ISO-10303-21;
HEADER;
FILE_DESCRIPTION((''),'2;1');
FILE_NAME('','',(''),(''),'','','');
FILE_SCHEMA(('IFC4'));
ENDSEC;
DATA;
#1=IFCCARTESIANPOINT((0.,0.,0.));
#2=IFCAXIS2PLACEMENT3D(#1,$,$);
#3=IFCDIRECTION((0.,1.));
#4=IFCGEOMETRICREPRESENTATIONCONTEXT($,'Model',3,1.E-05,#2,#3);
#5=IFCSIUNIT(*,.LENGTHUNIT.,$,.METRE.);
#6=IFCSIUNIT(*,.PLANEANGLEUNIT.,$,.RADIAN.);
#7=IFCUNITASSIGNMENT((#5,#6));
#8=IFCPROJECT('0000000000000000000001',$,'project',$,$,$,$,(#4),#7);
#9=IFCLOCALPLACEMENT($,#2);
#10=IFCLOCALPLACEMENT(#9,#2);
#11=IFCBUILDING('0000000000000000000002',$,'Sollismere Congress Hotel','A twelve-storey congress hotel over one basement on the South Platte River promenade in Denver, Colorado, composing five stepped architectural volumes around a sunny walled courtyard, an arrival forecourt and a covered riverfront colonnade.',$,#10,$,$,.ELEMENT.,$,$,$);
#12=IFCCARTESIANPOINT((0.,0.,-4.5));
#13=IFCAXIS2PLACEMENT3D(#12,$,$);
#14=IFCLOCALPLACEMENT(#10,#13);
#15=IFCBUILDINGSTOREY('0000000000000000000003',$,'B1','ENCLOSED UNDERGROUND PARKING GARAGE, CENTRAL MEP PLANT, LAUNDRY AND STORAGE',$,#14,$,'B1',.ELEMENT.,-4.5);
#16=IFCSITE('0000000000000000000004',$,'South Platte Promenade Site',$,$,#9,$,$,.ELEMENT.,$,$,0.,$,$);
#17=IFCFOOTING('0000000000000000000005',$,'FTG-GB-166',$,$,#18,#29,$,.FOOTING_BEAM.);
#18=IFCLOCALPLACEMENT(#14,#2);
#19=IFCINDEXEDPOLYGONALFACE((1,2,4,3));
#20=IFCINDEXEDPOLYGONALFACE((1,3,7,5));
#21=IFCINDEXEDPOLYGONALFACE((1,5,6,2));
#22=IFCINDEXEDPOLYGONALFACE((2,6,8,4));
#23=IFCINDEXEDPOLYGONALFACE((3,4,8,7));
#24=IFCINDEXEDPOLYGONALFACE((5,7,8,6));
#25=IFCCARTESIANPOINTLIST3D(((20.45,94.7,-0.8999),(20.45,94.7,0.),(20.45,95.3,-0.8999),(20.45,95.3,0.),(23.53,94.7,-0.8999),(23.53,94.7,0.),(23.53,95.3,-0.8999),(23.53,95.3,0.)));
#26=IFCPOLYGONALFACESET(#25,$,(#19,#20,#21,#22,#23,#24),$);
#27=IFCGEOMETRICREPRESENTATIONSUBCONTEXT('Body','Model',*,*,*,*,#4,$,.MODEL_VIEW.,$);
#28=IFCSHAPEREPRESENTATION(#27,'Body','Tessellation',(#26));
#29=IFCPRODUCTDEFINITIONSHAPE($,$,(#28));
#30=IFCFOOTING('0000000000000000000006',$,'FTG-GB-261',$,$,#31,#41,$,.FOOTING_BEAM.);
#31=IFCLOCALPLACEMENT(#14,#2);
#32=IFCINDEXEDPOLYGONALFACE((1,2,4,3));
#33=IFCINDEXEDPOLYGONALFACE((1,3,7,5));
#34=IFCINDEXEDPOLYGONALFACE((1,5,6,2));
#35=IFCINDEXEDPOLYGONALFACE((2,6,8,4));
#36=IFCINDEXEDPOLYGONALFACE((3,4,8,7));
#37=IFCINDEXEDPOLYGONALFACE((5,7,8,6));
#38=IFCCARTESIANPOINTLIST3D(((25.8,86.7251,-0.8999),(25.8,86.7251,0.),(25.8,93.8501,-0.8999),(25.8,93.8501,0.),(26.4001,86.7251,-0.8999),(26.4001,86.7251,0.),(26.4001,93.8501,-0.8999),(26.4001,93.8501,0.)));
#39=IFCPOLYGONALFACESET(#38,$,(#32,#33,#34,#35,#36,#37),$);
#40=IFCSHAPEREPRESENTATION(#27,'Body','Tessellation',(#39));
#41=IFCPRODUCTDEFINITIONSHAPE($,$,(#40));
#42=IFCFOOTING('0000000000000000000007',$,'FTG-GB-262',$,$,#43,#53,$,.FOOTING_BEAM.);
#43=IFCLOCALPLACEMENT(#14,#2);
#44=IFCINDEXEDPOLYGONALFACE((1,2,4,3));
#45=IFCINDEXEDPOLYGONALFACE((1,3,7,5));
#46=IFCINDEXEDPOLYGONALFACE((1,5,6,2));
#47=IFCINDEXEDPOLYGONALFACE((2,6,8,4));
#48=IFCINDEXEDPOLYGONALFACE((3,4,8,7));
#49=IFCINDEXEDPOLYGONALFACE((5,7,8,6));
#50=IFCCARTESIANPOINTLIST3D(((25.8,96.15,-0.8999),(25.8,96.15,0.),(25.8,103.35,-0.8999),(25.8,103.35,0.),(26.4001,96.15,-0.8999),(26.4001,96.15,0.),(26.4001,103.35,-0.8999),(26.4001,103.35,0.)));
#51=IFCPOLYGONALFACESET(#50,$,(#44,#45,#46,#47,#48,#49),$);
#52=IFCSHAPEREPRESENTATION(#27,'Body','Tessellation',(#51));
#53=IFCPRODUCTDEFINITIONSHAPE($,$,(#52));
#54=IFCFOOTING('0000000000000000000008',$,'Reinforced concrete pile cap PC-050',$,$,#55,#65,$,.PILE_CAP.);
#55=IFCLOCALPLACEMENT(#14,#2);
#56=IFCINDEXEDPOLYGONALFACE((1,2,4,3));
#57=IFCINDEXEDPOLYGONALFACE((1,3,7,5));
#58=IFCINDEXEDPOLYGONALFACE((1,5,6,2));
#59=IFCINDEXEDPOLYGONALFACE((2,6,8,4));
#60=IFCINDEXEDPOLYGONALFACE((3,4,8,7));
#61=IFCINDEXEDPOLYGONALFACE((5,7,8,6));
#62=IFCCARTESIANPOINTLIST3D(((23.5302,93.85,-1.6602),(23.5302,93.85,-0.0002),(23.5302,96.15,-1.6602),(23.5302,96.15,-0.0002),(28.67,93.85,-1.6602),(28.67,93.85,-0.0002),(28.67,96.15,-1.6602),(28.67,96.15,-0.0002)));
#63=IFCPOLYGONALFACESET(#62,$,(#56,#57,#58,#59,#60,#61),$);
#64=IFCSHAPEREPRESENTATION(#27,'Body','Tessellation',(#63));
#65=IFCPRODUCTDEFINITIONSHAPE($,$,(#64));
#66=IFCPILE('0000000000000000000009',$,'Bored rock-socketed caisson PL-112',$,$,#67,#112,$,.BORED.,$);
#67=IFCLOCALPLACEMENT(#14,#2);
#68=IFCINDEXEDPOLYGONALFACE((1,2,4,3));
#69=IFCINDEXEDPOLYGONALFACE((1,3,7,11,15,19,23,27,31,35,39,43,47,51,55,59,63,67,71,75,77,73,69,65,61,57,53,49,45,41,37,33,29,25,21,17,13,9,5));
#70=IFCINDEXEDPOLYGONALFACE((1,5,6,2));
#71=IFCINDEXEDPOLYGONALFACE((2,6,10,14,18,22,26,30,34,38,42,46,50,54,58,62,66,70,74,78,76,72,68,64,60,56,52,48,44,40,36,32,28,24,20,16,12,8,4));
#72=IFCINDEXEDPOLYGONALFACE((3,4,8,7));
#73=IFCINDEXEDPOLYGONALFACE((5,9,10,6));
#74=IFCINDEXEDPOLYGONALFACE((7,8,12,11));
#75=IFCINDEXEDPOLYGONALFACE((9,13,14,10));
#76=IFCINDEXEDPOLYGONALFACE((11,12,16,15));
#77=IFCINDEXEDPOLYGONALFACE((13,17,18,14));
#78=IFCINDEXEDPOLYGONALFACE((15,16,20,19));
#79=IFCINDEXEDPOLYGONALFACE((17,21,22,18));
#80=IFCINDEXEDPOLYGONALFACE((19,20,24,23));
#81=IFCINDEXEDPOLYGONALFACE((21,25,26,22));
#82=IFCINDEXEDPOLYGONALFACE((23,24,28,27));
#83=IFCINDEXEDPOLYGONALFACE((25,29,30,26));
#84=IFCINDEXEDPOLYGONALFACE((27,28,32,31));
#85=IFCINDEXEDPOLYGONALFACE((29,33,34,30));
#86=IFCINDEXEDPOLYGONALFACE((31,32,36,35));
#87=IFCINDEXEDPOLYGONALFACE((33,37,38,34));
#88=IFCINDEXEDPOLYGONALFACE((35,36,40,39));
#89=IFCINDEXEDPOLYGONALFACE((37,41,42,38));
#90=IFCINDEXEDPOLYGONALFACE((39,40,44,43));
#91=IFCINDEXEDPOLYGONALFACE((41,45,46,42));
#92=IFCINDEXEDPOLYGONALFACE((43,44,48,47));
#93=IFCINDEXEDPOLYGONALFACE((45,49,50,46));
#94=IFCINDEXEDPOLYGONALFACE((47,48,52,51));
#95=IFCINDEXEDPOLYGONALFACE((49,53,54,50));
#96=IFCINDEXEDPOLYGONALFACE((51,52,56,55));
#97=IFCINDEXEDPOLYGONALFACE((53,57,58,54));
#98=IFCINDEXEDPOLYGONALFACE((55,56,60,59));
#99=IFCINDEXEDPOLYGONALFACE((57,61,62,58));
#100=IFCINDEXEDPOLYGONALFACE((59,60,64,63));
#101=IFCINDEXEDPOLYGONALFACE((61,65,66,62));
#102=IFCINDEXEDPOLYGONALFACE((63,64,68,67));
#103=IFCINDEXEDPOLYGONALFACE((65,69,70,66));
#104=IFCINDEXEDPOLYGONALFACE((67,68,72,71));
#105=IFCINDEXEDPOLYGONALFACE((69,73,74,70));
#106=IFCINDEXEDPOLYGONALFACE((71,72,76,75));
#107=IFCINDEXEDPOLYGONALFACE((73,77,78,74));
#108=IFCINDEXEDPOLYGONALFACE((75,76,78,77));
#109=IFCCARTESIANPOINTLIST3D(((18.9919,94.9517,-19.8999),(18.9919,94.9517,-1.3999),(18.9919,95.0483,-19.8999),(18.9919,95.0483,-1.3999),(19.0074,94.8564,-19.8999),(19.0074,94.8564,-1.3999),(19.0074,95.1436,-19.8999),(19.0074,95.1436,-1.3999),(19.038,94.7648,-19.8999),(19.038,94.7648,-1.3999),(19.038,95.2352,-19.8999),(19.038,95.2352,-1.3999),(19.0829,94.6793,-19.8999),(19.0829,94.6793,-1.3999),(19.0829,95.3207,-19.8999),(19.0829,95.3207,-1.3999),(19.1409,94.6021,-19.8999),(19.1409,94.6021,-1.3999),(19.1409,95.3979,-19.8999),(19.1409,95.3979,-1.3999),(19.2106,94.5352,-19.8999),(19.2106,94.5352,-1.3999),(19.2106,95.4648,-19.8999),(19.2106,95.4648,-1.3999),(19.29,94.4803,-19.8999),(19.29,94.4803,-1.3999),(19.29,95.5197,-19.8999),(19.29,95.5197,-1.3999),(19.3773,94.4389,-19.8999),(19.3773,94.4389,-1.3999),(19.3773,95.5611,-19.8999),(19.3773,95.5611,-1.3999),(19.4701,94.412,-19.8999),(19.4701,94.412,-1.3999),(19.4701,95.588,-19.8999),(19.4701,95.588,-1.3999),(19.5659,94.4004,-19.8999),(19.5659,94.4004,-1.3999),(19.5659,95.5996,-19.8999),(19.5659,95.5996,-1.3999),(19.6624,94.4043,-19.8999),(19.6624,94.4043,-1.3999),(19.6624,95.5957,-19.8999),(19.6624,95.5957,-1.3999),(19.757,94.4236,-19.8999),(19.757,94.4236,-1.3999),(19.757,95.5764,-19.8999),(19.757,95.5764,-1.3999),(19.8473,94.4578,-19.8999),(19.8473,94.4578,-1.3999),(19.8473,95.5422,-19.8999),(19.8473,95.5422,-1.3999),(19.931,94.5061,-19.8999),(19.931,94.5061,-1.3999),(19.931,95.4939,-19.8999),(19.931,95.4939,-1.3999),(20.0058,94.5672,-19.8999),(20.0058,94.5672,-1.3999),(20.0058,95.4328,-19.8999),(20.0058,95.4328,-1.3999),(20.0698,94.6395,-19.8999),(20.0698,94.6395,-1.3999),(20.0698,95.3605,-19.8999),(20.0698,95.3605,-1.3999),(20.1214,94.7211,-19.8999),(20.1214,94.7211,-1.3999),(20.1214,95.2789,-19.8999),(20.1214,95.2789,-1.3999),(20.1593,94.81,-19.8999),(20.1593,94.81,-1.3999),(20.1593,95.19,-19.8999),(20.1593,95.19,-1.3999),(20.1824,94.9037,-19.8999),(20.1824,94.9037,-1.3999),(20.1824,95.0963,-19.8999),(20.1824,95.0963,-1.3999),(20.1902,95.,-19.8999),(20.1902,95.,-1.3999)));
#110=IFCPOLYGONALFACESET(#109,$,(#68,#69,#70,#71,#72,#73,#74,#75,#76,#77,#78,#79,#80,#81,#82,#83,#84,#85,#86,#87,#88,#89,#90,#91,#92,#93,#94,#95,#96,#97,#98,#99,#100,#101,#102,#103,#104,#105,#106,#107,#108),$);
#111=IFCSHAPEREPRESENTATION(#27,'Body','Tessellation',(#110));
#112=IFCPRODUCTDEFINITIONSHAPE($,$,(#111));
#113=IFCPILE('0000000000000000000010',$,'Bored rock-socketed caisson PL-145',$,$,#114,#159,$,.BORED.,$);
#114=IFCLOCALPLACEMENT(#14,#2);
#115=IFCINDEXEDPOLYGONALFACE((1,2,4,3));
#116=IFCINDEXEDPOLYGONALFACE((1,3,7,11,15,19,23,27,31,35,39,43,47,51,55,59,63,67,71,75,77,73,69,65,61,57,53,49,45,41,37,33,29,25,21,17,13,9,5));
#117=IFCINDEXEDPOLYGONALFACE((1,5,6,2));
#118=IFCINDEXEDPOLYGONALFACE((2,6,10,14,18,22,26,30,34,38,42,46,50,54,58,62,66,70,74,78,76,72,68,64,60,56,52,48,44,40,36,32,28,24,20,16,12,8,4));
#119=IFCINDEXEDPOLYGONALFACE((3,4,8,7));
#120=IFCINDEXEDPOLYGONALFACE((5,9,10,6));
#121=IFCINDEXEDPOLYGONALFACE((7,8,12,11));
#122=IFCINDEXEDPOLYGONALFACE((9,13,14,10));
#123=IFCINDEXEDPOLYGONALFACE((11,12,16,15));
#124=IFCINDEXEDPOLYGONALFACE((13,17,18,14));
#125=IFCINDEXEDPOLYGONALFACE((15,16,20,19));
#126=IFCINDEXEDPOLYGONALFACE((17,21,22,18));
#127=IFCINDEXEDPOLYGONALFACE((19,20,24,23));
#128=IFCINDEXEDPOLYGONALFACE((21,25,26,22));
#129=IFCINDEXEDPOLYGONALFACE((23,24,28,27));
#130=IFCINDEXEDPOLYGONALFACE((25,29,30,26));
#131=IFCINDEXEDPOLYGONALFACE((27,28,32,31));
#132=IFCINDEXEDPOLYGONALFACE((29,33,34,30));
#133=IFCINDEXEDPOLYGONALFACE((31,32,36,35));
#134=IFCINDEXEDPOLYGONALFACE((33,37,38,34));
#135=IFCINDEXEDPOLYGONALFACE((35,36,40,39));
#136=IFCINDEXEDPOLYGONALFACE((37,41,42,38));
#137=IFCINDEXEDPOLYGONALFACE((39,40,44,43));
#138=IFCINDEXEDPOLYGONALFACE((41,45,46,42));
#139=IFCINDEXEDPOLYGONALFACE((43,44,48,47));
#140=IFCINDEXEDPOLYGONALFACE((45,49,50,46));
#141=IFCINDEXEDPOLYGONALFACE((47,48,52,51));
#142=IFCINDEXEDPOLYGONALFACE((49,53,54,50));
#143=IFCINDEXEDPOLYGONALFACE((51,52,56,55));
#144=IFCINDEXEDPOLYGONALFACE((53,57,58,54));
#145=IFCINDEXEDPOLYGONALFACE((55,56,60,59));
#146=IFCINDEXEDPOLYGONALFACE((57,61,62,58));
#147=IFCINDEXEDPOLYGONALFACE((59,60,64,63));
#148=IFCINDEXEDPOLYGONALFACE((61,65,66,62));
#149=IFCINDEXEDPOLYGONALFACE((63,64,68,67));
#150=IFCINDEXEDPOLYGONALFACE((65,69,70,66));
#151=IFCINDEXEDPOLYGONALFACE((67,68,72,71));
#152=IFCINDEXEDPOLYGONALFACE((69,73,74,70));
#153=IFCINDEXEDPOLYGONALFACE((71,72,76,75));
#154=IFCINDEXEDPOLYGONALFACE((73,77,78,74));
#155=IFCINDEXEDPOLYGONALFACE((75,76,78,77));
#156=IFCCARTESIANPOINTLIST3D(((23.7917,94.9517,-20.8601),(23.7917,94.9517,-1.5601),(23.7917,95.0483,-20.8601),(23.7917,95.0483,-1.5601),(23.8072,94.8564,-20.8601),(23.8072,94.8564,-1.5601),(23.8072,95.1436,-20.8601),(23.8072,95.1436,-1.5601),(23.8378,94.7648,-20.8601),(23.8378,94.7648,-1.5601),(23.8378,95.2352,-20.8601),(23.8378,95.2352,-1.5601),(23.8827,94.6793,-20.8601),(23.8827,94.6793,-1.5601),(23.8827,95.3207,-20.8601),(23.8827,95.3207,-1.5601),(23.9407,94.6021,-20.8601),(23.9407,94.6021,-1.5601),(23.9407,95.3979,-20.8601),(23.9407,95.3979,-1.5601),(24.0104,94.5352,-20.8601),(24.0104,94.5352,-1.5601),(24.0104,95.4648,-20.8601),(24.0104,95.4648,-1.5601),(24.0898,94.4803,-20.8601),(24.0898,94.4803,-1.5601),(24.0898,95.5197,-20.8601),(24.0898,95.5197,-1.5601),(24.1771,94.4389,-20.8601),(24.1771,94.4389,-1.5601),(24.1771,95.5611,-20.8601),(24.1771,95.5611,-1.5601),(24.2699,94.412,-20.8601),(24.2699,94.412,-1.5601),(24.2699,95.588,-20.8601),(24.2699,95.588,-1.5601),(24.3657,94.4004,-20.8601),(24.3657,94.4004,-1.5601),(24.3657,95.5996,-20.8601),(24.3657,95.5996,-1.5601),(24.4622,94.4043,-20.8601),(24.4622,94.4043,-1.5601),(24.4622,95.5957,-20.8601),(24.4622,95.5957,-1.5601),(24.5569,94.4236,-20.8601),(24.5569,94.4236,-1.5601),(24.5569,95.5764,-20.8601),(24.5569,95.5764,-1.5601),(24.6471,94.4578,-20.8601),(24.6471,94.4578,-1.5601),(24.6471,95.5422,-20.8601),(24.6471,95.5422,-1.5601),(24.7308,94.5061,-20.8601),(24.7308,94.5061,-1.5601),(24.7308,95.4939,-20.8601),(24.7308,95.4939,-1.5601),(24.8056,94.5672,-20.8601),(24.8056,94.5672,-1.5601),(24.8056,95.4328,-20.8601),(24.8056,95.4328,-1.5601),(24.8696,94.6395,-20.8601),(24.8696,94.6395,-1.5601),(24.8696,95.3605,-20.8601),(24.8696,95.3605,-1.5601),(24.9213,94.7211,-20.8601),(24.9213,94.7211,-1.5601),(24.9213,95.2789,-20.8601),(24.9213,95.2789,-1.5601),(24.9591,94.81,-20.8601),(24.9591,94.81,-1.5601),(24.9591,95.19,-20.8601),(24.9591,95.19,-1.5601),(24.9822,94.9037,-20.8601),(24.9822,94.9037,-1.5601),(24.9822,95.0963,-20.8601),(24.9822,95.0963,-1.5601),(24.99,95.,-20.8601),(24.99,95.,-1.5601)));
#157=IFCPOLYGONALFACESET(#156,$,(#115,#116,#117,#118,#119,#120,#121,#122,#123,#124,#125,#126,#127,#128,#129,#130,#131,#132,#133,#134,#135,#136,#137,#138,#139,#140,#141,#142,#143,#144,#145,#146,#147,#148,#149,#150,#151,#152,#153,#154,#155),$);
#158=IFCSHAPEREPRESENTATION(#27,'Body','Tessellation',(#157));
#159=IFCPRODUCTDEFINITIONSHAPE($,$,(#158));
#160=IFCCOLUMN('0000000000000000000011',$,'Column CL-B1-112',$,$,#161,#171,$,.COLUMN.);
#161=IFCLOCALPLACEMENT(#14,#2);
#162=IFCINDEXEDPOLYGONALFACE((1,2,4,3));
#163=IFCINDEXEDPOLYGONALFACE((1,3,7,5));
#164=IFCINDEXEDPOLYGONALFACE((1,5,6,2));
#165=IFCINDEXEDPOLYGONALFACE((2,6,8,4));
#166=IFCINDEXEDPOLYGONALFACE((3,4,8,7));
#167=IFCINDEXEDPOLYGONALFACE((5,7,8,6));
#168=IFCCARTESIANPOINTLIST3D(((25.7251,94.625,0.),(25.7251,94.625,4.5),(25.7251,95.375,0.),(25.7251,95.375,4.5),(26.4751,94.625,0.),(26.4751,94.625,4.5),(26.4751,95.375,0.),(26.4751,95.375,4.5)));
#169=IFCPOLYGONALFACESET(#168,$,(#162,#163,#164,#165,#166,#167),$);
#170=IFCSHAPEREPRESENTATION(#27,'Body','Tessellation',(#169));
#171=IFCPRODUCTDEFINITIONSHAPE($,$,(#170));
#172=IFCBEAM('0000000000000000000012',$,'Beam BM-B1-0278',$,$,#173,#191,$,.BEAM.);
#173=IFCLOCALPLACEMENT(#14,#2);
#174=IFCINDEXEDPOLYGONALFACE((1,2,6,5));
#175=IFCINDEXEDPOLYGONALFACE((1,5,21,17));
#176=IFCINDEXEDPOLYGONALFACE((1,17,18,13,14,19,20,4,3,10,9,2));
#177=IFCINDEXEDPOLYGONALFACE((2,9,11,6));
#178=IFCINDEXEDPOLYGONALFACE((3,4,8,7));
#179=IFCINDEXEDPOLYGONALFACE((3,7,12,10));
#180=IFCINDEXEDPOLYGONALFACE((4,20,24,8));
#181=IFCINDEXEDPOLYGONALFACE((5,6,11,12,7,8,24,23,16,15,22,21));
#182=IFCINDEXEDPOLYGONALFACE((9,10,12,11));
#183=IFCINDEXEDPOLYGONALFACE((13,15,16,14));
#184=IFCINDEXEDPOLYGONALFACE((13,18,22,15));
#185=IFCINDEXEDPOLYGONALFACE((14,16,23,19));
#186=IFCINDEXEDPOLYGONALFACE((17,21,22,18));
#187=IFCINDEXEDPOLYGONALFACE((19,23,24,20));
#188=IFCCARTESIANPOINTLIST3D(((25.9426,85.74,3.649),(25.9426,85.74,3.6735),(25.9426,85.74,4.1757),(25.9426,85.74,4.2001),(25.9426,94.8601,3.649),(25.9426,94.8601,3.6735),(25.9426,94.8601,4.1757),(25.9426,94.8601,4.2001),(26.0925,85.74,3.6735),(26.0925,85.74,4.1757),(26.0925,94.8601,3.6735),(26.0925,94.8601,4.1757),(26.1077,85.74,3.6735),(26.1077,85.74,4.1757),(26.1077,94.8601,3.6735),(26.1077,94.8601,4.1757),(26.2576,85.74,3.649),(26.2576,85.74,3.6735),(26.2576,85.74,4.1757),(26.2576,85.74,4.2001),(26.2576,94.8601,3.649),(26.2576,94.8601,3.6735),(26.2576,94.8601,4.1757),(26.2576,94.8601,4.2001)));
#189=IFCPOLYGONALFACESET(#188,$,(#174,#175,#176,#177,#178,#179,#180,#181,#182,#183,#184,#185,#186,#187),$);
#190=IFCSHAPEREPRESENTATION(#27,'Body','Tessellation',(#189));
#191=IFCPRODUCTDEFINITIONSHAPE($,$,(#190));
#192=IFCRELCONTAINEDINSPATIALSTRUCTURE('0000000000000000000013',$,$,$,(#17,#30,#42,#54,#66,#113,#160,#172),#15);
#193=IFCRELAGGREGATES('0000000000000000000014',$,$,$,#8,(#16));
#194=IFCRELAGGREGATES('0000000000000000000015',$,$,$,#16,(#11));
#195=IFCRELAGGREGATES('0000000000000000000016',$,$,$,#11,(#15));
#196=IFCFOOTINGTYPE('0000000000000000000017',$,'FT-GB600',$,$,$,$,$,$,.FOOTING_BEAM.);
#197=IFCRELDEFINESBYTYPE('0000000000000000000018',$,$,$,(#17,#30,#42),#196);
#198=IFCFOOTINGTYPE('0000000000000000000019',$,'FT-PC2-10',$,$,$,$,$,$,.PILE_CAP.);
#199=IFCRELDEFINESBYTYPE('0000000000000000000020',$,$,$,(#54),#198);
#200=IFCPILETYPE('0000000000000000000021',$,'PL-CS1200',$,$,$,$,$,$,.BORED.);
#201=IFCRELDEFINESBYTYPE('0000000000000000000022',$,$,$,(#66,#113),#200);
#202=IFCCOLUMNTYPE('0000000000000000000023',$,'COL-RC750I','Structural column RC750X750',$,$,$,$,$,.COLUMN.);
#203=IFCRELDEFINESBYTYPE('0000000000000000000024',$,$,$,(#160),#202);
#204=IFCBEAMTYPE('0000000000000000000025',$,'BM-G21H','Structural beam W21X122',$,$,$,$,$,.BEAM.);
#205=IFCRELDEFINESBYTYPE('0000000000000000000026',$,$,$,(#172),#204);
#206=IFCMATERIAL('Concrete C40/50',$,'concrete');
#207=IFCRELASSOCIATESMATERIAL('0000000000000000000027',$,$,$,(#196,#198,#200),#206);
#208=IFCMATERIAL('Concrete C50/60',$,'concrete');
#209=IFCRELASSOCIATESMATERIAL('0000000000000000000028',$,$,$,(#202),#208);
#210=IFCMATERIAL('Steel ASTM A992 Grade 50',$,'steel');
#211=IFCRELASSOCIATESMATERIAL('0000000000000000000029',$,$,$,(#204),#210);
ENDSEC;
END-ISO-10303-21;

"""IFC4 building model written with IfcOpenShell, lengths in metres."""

from ifc_helpers import new_model, si_unit, direction, frame, origin, origin_2d, place, context, subcontext, project, spatial, rectangle, circle, i_section, extrude, material, material_profile, profile_set, type_object, element, save


model = new_model("IFC4")

# Units and contexts
model_context = context("Model", 3, precision=1e-05, world=origin(), true_north=direction((0.0, 1.0)))
body_context = subcontext(model_context, "Body", "Model", "MODEL_VIEW")
ifc_project = project(units=[si_unit("LENGTHUNIT", "METRE"), si_unit("PLANEANGLEUNIT", "RADIAN")], contexts=[model_context])

# Site, building, storey
site_placement = place(None, origin())
site = spatial("IfcSite", under=ifc_project, at=site_placement, Name="South Platte Promenade Site", CompositionType="ELEMENT", RefElevation=0.0)
building_placement = place(site_placement, origin())
building = spatial("IfcBuilding", under=site, at=building_placement, Name="Sollismere Congress Hotel", Description="A twelve-storey congress hotel over one basement on the South Platte River promenade in Denver, Colorado, composing five stepped architectural volumes around a sunny walled courtyard, an arrival forecourt and a covered riverfront colonnade.", CompositionType="ELEMENT")
storey_placement = place(building_placement, frame((0.0, 0.0, -4.5)))
storey = spatial("IfcBuildingStorey", under=building, at=storey_placement, Name="B1", Description="ENCLOSED UNDERGROUND PARKING GARAGE, CENTRAL MEP PLANT, LAUNDRY AND STORAGE", LongName="B1", CompositionType="ELEMENT", Elevation=-4.5)

# Footings
ifc_material_1 = material(Name="Concrete C40/50", Category="concrete")
footing_type_1 = type_object("IfcFootingType", Name="FT-GB600", PredefinedType="FOOTING_BEAM", material=ifc_material_1)
footing_1_placement = place(storey_placement, frame((21.99, 95.0, -0.8999), z_axis=(0.0, 0.0, 1.0), x_axis=(1.0, 0.0, 0.0)))
element("IfcFooting", 1, at=footing_1_placement, inside=storey, type_object=footing_type_1, Name="FTG-GB-166", PredefinedType="FOOTING_BEAM", context=body_context, shape_type="SweptSolid", body=[
    extrude(rectangle(XDim=3.0801, YDim=0.6001, at=origin_2d()), origin(), (0.0, 0.0, 1.0), 0.8999),
])
footing_2_placement = place(storey_placement, frame((26.1001, 90.2876, -0.8999), z_axis=(0.0, 0.0, 1.0), x_axis=(0.0, 1.0, 0.0)))
element("IfcFooting", 2, at=footing_2_placement, inside=storey, type_object=footing_type_1, Name="FTG-GB-261", PredefinedType="FOOTING_BEAM", context=body_context, shape_type="SweptSolid", body=[
    extrude(rectangle(XDim=7.125, YDim=0.6001, at=origin_2d()), origin(), (0.0, 0.0, 1.0), 0.8999),
])
footing_3_placement = place(storey_placement, frame((26.1001, 99.75, -0.8999), z_axis=(0.0, 0.0, 1.0), x_axis=(0.0, 1.0, 0.0)))
element("IfcFooting", 3, at=footing_3_placement, inside=storey, type_object=footing_type_1, Name="FTG-GB-262", PredefinedType="FOOTING_BEAM", context=body_context, shape_type="SweptSolid", body=[
    extrude(rectangle(XDim=7.2, YDim=0.6001, at=origin_2d()), origin(), (0.0, 0.0, 1.0), 0.8999),
])
footing_type_2 = type_object("IfcFootingType", Name="FT-PC2-10", PredefinedType="PILE_CAP", material=ifc_material_1)
footing_4_placement = place(storey_placement, frame((26.1001, 95.0, -1.6602), z_axis=(0.0, 0.0, 1.0), x_axis=(1.0, 0.0, 0.0)))
element("IfcFooting", 4, at=footing_4_placement, inside=storey, type_object=footing_type_2, Name="Reinforced concrete pile cap PC-050", PredefinedType="PILE_CAP", context=body_context, shape_type="SweptSolid", body=[
    extrude(rectangle(XDim=5.1399, YDim=2.3, at=origin_2d()), origin(), (0.0, 0.0, 1.0), 1.6599),
])

# Piles
ifc_material_profile_1 = material_profile(ifc_material_1, circle(Radius=0.6001, at=origin_2d()), Name="CAISSON1200")
ifc_profile_set_1 = profile_set([ifc_material_profile_1], Name="Concrete C40/50")
pile_type = type_object("IfcPileType", Name="PL-CS1200", PredefinedType="BORED", material=ifc_profile_set_1)
pile_1_placement = place(storey_placement, frame((19.5901, 95.0, -1.3999), z_axis=(0.0, 0.0, -1.0), x_axis=(1.0, 0.0, 0.0)))
element("IfcPile", 5, at=pile_1_placement, inside=storey, type_object=pile_type, Name="Bored rock-socketed caisson PL-112", PredefinedType="BORED", context=body_context, shape_type="SweptSolid", body=[
    extrude(circle(Radius=0.6001, at=origin_2d()), origin(), (0.0, 0.0, 1.0), 18.5),
])
pile_2_placement = place(storey_placement, frame((24.3899, 95.0, -1.5601), z_axis=(0.0, 0.0, -1.0), x_axis=(1.0, 0.0, 0.0)))
element("IfcPile", 6, at=pile_2_placement, inside=storey, type_object=pile_type, Name="Bored rock-socketed caisson PL-145", PredefinedType="BORED", context=body_context, shape_type="SweptSolid", body=[
    extrude(circle(Radius=0.6001, at=origin_2d()), origin(), (0.0, 0.0, 1.0), 19.3),
])

# Column
ifc_material_2 = material(Name="Concrete C50/60", Category="concrete")
ifc_material_profile_2 = material_profile(ifc_material_2, rectangle(XDim=0.75, YDim=0.75, at=origin_2d()), Name="RC750X750")
ifc_profile_set_2 = profile_set([ifc_material_profile_2], Name="Concrete C50/60")
column_type = type_object("IfcColumnType", Name="COL-RC750I", Description="Structural column RC750X750", PredefinedType="COLUMN", material=ifc_profile_set_2)
column_placement = place(storey_placement, frame((26.1001, 95.0, 0.0), z_axis=(0.0, 0.0, 1.0), x_axis=(1.0, 0.0, 0.0)))
element("IfcColumn", 7, at=column_placement, inside=storey, type_object=column_type, Name="Column CL-B1-112", PredefinedType="COLUMN", context=body_context, shape_type="SweptSolid", body=[
    extrude(rectangle(XDim=0.75, YDim=0.75, at=origin_2d()), origin(), (0.0, 0.0, 1.0), 4.5),
])

# Beam
ifc_material_3 = material(Name="Steel ASTM A992 Grade 50", Category="steel")
ifc_material_profile_3 = material_profile(ifc_material_3, i_section(OverallWidth=0.3149, OverallDepth=0.551, WebThickness=0.0151, FlangeThickness=0.0244, at=origin_2d()), Name="W21X122")
ifc_profile_set_3 = profile_set([ifc_material_profile_3], Name="Steel ASTM A992 Grade 50")
beam_type_1 = type_object("IfcBeamType", Name="BM-G21H", Description="Structural beam W21X122", PredefinedType="BEAM", material=ifc_profile_set_3)
for number, where, z_axis, x_axis, name in (
    (8, (26.1001, 85.74, 3.9246), (0.0, 1.0, 0.0), (-1.0, 0.0, 0.0), "Beam BM-B1-0278"),
):
    element("IfcBeam", number, at=place(storey_placement, frame(where, z_axis=z_axis, x_axis=x_axis)), inside=storey, type_object=beam_type_1, Name=name, PredefinedType="BEAM", context=body_context, shape_type="SweptSolid", body=[
        extrude(i_section(OverallWidth=0.3149, OverallDepth=0.551, WebThickness=0.0151, FlangeThickness=0.0244, at=origin_2d()), origin(), (0.0, 0.0, 1.0), 9.1201),
    ])

save(model, "model.ifc")
